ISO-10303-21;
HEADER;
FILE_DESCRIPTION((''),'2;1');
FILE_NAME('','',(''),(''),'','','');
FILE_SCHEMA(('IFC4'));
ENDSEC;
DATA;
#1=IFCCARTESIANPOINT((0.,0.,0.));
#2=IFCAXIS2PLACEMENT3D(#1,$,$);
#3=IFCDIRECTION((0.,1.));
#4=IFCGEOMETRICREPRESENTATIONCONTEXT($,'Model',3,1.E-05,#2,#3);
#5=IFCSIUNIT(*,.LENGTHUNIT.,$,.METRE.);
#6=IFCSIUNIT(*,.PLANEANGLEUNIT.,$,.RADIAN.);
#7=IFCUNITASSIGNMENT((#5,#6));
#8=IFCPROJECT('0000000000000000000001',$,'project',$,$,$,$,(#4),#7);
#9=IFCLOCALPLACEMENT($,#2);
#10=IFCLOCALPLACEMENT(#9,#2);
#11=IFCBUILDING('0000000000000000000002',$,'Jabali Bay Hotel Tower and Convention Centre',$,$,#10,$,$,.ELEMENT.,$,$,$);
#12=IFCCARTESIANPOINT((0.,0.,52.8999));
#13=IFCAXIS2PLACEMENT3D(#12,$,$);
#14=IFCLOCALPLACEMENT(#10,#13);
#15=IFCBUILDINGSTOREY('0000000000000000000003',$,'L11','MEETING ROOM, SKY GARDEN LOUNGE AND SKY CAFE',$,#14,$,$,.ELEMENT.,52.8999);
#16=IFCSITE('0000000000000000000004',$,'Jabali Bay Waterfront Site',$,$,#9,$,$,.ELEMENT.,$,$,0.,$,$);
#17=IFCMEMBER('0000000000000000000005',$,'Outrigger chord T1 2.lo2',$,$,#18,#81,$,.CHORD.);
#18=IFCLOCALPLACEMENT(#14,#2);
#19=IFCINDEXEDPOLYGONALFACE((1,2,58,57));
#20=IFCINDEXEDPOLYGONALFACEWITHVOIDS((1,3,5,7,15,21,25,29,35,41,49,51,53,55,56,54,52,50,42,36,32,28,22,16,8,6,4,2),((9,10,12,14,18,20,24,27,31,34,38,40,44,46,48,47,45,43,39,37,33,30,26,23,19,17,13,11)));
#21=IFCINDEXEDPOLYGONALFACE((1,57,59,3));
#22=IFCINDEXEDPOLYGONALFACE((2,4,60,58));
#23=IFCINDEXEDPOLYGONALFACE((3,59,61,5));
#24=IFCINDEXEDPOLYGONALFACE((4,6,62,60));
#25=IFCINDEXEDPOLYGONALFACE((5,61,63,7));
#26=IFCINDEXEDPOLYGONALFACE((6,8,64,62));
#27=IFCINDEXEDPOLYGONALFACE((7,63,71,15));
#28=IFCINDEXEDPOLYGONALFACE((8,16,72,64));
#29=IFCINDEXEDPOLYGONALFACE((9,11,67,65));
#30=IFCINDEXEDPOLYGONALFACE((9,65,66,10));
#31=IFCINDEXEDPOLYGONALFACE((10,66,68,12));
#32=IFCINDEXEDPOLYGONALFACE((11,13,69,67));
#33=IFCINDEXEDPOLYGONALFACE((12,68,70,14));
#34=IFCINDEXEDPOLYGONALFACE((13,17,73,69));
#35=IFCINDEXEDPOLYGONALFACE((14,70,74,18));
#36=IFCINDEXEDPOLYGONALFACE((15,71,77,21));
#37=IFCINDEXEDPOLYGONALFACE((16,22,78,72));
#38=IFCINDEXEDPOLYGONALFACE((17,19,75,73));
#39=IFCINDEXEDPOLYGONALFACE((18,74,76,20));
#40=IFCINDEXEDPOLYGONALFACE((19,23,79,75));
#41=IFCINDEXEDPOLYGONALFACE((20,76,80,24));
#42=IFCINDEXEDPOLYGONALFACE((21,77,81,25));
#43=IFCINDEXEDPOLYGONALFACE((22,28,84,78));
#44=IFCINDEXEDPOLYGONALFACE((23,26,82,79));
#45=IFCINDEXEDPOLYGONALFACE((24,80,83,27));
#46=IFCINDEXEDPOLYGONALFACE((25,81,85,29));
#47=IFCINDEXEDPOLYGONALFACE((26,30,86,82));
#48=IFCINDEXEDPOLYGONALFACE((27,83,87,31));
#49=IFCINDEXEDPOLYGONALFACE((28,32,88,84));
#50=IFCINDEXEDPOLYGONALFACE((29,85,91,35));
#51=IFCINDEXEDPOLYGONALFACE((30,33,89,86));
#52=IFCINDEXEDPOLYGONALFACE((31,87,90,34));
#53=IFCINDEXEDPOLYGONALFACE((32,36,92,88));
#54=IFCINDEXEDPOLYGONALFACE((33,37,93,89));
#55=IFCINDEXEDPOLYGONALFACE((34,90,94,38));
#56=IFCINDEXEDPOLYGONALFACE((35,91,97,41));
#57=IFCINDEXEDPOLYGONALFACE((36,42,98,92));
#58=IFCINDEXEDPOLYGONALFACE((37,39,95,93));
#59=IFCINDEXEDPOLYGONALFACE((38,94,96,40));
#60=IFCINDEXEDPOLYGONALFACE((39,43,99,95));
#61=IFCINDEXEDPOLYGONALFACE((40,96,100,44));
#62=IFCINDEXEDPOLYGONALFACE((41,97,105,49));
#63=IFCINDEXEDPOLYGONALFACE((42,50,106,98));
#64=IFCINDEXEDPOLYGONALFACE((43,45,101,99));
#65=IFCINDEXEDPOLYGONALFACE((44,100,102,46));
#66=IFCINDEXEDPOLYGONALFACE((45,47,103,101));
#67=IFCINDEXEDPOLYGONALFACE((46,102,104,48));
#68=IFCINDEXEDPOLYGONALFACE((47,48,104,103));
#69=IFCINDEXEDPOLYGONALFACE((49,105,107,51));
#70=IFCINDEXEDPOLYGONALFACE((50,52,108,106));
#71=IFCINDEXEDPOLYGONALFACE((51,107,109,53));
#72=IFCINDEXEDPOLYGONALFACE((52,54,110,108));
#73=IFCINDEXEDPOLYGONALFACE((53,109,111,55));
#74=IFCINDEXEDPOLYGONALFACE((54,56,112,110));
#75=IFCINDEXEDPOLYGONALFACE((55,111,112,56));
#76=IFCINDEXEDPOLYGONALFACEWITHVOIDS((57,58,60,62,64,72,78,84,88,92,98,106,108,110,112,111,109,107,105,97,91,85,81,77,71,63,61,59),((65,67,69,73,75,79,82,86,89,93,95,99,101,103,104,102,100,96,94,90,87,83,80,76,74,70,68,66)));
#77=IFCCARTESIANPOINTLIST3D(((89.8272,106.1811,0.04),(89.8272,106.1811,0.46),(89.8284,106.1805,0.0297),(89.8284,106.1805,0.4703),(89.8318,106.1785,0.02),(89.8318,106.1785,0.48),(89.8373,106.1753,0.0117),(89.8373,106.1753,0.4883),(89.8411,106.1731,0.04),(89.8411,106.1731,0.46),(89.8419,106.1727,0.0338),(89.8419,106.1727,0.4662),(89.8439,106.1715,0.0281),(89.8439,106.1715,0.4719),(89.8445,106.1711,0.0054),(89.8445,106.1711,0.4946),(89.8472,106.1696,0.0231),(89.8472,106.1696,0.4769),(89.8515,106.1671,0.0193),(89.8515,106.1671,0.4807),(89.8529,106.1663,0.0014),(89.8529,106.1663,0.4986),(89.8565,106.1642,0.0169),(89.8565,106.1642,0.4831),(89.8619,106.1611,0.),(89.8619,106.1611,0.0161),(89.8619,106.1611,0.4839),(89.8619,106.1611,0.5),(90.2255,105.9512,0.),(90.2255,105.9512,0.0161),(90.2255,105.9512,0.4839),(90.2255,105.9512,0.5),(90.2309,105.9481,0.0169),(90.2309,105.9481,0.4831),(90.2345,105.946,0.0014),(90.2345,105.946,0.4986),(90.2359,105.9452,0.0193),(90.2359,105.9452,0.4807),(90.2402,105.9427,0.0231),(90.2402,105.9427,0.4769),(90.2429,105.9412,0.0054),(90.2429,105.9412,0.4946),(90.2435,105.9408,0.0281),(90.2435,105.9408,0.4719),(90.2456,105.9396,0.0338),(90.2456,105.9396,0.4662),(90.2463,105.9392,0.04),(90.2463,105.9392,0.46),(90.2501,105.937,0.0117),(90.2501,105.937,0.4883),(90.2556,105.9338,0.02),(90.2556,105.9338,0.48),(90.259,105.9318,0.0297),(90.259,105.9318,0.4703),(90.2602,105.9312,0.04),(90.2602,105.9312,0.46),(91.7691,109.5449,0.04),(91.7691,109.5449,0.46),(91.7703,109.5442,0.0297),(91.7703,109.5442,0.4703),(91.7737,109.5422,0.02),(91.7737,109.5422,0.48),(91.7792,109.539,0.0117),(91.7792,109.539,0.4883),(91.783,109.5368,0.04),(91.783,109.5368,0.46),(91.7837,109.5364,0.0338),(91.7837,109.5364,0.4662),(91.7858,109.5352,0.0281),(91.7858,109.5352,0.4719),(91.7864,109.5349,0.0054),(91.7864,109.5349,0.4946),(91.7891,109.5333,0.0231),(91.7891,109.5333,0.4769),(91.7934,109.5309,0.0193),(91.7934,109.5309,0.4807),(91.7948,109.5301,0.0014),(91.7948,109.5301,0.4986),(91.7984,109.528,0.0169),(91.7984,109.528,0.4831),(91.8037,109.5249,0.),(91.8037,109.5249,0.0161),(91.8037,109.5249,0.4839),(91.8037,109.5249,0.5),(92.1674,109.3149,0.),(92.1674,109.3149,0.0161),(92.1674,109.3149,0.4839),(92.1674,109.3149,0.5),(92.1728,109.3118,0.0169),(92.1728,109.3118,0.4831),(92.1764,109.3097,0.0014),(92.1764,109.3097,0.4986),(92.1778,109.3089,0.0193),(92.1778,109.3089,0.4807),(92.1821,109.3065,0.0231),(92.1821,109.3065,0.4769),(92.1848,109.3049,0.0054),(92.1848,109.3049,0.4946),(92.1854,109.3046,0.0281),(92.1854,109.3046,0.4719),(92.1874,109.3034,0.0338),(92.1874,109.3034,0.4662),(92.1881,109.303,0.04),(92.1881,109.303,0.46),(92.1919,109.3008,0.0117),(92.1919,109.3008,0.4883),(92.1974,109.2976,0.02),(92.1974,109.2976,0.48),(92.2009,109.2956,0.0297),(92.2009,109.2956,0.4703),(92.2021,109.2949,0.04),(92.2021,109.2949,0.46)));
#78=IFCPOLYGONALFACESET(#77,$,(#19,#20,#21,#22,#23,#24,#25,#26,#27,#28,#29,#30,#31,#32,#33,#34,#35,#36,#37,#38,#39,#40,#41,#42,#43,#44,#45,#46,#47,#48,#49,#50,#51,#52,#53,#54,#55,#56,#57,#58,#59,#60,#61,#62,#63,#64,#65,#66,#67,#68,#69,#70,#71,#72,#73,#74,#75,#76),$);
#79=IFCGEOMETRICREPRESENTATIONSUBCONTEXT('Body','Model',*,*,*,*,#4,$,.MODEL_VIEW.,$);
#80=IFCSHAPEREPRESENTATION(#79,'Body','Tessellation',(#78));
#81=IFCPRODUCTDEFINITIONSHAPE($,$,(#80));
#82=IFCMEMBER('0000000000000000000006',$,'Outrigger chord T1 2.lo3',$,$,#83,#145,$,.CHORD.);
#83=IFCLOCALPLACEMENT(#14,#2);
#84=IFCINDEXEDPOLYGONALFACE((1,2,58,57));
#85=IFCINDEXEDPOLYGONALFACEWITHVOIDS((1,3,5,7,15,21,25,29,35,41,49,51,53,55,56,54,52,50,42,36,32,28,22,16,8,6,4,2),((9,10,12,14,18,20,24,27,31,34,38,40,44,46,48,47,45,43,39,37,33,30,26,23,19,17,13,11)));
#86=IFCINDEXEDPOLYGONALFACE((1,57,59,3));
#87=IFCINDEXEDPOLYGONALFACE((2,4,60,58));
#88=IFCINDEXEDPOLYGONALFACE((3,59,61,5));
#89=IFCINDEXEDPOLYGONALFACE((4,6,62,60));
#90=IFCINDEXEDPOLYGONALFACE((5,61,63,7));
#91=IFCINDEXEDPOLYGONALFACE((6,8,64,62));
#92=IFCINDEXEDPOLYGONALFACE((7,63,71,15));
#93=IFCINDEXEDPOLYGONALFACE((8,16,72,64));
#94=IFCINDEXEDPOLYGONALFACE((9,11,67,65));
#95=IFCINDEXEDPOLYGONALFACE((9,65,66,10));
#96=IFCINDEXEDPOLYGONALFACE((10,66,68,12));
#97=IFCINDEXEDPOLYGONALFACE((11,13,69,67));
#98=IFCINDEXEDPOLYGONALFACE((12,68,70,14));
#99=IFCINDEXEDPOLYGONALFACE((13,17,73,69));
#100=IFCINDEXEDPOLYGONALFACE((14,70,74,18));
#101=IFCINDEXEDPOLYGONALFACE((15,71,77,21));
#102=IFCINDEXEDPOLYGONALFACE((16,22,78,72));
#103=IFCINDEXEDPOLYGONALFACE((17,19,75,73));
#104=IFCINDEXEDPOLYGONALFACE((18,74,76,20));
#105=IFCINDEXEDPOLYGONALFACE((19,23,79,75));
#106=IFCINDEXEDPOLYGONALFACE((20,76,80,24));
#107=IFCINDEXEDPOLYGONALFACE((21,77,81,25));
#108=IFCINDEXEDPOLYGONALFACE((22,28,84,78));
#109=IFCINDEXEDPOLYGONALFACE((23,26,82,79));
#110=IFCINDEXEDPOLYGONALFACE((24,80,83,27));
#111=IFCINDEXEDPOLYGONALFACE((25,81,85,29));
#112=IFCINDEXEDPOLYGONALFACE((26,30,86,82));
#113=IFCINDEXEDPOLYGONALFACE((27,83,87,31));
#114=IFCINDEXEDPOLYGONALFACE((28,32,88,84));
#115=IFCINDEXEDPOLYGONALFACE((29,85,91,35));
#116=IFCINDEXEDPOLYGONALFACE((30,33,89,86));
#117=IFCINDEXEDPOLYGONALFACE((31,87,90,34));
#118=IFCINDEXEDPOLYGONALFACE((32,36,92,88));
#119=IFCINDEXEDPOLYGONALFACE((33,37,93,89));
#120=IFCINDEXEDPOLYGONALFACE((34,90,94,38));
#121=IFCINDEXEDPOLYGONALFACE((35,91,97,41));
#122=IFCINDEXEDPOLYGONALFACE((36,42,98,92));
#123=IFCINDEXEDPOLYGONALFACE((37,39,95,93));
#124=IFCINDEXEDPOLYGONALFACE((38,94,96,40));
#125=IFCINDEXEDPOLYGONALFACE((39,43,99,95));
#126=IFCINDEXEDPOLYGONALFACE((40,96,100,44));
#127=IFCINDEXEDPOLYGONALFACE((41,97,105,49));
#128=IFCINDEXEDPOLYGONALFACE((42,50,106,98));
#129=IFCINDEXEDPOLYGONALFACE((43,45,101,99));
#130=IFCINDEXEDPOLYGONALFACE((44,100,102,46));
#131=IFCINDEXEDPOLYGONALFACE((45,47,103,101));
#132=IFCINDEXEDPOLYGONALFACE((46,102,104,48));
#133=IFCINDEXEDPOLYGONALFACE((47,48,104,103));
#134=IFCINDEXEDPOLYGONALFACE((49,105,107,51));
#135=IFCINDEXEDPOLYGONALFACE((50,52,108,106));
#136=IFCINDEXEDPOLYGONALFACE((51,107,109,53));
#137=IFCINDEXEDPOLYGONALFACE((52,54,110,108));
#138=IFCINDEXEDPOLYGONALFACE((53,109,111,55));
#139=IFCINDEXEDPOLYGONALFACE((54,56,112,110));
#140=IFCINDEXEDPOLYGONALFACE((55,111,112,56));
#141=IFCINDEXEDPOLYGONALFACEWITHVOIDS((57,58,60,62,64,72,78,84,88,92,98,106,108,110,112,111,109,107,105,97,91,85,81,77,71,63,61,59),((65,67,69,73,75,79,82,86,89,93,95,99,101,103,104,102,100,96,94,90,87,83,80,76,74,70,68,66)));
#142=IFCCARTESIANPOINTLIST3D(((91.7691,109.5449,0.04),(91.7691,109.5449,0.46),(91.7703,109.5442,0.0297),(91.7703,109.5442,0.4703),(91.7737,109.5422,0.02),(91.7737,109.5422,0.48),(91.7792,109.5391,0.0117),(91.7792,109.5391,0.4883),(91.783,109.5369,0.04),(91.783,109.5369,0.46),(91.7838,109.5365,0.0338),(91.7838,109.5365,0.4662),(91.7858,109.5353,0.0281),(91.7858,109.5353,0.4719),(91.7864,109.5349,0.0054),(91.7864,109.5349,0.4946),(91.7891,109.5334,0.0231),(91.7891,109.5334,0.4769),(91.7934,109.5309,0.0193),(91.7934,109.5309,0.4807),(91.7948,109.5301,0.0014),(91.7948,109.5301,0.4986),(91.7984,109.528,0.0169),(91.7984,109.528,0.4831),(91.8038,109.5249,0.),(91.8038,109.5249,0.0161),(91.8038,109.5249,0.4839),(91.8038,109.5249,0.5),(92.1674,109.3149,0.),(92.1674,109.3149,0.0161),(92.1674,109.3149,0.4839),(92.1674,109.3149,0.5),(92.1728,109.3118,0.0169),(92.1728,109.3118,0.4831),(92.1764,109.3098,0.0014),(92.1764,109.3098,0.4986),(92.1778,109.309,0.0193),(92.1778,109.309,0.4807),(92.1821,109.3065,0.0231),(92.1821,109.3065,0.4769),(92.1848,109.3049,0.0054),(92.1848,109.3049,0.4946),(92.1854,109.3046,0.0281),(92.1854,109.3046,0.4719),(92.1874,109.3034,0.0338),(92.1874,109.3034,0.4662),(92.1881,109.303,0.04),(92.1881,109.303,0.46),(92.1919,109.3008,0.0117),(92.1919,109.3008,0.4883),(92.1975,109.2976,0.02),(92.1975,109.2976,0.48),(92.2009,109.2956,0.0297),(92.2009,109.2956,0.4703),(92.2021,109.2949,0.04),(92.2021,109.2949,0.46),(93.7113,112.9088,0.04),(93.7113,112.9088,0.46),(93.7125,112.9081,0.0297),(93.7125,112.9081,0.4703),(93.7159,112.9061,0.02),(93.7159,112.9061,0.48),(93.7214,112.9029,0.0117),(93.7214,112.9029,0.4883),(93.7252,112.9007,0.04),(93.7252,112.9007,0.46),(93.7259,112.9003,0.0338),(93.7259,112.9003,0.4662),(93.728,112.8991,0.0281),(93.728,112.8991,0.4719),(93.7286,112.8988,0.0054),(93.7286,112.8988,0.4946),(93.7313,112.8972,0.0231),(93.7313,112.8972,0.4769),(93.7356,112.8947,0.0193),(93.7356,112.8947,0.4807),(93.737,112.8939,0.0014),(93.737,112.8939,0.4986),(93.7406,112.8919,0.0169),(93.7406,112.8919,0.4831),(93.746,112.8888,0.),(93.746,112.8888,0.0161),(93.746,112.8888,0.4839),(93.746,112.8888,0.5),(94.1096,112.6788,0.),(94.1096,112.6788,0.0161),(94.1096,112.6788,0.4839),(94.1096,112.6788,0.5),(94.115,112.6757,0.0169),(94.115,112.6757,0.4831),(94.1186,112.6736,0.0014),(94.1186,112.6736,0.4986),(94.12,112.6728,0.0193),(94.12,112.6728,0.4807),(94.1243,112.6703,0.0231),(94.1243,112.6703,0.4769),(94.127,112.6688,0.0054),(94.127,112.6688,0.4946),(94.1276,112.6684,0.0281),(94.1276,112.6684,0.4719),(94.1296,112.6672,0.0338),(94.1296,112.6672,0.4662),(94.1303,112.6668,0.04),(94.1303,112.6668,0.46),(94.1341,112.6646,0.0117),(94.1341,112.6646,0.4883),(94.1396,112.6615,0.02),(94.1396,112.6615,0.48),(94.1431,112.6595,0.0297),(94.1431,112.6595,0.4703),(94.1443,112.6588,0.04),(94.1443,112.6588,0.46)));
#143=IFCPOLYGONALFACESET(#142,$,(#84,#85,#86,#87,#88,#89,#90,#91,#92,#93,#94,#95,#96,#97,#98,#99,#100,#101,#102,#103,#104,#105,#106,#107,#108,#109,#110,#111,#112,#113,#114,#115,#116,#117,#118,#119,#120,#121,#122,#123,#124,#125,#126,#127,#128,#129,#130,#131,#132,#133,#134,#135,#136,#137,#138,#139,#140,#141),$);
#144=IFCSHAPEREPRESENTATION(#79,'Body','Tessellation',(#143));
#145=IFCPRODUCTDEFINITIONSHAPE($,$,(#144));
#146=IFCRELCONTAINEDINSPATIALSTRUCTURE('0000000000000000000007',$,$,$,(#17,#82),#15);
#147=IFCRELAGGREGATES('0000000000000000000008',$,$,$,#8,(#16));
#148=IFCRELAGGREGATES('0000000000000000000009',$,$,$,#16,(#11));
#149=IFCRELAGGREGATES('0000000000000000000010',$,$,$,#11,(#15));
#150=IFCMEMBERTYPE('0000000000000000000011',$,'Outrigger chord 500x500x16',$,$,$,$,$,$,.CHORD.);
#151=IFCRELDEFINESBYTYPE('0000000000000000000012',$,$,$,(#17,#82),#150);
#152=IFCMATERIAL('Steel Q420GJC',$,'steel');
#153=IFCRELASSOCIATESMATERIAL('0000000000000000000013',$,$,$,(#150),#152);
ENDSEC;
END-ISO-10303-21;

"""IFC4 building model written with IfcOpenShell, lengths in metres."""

from ifc_helpers import new_model, si_unit, direction, frame, origin, origin_2d, place, context, subcontext, project, spatial, hollow_rectangle, extrude, material, material_profile, profile_set, type_object, element, save


model = new_model("IFC4")

# Units and contexts
model_context = context("Model", 3, precision=1e-05, world=origin(), true_north=direction((0.0, 1.0)))
body_context = subcontext(model_context, "Body", "Model", "MODEL_VIEW")
ifc_project = project(units=[si_unit("LENGTHUNIT", "METRE"), si_unit("PLANEANGLEUNIT", "RADIAN")], contexts=[model_context])

# Site, building, storey
site_placement = place(None, origin())
site = spatial("IfcSite", under=ifc_project, at=site_placement, Name="Jabali Bay Waterfront Site", CompositionType="ELEMENT", RefElevation=0.0)
building_placement = place(site_placement, origin())
building = spatial("IfcBuilding", under=site, at=building_placement, Name="Jabali Bay Hotel Tower and Convention Centre", CompositionType="ELEMENT")
storey_placement = place(building_placement, frame((0.0, 0.0, 52.8999)))
storey = spatial("IfcBuildingStorey", under=building, at=storey_placement, Name="L11", Description="MEETING ROOM, SKY GARDEN LOUNGE AND SKY CAFE", CompositionType="ELEMENT", Elevation=52.8999)

# Shared definitions
ifc_material_1 = material(Name="Steel Q420GJC", Category="steel")

# Members
ifc_material_profile_1 = material_profile(ifc_material_1, hollow_rectangle(XDim=0.5, YDim=0.5, WallThickness=0.0161, InnerFilletRadius=0.0239, OuterFilletRadius=0.04, at=origin_2d()), Name="Outrigger chord 500x500x16")
ifc_profile_set_1 = profile_set([ifc_material_profile_1], Name="Steel Q420GJC")
member_type_1 = type_object("IfcMemberType", Name="Outrigger chord 500x500x16", PredefinedType="CHORD", material=ifc_profile_set_1)
member_1_placement = place(storey_placement, frame((90.0437, 106.0562, 0.25), z_axis=(0.499965, 0.866045, 0.0), x_axis=(-0.866045, 0.499965, 0.0)))
element("IfcMember", 1, at=member_1_placement, inside=storey, type_object=member_type_1, Name="Outrigger chord T1 2.lo2", PredefinedType="CHORD", context=body_context, shape_type="SweptSolid", body=[
    extrude(hollow_rectangle(XDim=0.5, YDim=0.5, WallThickness=0.0161, InnerFilletRadius=0.0239, OuterFilletRadius=0.04, at=origin_2d()), origin(), (0.0, 0.0, 1.0), 3.884),
])
member_2_placement = place(storey_placement, frame((91.9856, 109.4199, 0.25), z_axis=(0.500013, 0.866018, 0.0), x_axis=(-0.866018, 0.500013, 0.0)))
element("IfcMember", 2, at=member_2_placement, inside=storey, type_object=member_type_1, Name="Outrigger chord T1 2.lo3", PredefinedType="CHORD", context=body_context, shape_type="SweptSolid", body=[
    extrude(hollow_rectangle(XDim=0.5, YDim=0.5, WallThickness=0.0161, InnerFilletRadius=0.0239, OuterFilletRadius=0.04, at=origin_2d()), origin(), (0.0, 0.0, 1.0), 3.8843),
])

save(model, "model.ifc")
